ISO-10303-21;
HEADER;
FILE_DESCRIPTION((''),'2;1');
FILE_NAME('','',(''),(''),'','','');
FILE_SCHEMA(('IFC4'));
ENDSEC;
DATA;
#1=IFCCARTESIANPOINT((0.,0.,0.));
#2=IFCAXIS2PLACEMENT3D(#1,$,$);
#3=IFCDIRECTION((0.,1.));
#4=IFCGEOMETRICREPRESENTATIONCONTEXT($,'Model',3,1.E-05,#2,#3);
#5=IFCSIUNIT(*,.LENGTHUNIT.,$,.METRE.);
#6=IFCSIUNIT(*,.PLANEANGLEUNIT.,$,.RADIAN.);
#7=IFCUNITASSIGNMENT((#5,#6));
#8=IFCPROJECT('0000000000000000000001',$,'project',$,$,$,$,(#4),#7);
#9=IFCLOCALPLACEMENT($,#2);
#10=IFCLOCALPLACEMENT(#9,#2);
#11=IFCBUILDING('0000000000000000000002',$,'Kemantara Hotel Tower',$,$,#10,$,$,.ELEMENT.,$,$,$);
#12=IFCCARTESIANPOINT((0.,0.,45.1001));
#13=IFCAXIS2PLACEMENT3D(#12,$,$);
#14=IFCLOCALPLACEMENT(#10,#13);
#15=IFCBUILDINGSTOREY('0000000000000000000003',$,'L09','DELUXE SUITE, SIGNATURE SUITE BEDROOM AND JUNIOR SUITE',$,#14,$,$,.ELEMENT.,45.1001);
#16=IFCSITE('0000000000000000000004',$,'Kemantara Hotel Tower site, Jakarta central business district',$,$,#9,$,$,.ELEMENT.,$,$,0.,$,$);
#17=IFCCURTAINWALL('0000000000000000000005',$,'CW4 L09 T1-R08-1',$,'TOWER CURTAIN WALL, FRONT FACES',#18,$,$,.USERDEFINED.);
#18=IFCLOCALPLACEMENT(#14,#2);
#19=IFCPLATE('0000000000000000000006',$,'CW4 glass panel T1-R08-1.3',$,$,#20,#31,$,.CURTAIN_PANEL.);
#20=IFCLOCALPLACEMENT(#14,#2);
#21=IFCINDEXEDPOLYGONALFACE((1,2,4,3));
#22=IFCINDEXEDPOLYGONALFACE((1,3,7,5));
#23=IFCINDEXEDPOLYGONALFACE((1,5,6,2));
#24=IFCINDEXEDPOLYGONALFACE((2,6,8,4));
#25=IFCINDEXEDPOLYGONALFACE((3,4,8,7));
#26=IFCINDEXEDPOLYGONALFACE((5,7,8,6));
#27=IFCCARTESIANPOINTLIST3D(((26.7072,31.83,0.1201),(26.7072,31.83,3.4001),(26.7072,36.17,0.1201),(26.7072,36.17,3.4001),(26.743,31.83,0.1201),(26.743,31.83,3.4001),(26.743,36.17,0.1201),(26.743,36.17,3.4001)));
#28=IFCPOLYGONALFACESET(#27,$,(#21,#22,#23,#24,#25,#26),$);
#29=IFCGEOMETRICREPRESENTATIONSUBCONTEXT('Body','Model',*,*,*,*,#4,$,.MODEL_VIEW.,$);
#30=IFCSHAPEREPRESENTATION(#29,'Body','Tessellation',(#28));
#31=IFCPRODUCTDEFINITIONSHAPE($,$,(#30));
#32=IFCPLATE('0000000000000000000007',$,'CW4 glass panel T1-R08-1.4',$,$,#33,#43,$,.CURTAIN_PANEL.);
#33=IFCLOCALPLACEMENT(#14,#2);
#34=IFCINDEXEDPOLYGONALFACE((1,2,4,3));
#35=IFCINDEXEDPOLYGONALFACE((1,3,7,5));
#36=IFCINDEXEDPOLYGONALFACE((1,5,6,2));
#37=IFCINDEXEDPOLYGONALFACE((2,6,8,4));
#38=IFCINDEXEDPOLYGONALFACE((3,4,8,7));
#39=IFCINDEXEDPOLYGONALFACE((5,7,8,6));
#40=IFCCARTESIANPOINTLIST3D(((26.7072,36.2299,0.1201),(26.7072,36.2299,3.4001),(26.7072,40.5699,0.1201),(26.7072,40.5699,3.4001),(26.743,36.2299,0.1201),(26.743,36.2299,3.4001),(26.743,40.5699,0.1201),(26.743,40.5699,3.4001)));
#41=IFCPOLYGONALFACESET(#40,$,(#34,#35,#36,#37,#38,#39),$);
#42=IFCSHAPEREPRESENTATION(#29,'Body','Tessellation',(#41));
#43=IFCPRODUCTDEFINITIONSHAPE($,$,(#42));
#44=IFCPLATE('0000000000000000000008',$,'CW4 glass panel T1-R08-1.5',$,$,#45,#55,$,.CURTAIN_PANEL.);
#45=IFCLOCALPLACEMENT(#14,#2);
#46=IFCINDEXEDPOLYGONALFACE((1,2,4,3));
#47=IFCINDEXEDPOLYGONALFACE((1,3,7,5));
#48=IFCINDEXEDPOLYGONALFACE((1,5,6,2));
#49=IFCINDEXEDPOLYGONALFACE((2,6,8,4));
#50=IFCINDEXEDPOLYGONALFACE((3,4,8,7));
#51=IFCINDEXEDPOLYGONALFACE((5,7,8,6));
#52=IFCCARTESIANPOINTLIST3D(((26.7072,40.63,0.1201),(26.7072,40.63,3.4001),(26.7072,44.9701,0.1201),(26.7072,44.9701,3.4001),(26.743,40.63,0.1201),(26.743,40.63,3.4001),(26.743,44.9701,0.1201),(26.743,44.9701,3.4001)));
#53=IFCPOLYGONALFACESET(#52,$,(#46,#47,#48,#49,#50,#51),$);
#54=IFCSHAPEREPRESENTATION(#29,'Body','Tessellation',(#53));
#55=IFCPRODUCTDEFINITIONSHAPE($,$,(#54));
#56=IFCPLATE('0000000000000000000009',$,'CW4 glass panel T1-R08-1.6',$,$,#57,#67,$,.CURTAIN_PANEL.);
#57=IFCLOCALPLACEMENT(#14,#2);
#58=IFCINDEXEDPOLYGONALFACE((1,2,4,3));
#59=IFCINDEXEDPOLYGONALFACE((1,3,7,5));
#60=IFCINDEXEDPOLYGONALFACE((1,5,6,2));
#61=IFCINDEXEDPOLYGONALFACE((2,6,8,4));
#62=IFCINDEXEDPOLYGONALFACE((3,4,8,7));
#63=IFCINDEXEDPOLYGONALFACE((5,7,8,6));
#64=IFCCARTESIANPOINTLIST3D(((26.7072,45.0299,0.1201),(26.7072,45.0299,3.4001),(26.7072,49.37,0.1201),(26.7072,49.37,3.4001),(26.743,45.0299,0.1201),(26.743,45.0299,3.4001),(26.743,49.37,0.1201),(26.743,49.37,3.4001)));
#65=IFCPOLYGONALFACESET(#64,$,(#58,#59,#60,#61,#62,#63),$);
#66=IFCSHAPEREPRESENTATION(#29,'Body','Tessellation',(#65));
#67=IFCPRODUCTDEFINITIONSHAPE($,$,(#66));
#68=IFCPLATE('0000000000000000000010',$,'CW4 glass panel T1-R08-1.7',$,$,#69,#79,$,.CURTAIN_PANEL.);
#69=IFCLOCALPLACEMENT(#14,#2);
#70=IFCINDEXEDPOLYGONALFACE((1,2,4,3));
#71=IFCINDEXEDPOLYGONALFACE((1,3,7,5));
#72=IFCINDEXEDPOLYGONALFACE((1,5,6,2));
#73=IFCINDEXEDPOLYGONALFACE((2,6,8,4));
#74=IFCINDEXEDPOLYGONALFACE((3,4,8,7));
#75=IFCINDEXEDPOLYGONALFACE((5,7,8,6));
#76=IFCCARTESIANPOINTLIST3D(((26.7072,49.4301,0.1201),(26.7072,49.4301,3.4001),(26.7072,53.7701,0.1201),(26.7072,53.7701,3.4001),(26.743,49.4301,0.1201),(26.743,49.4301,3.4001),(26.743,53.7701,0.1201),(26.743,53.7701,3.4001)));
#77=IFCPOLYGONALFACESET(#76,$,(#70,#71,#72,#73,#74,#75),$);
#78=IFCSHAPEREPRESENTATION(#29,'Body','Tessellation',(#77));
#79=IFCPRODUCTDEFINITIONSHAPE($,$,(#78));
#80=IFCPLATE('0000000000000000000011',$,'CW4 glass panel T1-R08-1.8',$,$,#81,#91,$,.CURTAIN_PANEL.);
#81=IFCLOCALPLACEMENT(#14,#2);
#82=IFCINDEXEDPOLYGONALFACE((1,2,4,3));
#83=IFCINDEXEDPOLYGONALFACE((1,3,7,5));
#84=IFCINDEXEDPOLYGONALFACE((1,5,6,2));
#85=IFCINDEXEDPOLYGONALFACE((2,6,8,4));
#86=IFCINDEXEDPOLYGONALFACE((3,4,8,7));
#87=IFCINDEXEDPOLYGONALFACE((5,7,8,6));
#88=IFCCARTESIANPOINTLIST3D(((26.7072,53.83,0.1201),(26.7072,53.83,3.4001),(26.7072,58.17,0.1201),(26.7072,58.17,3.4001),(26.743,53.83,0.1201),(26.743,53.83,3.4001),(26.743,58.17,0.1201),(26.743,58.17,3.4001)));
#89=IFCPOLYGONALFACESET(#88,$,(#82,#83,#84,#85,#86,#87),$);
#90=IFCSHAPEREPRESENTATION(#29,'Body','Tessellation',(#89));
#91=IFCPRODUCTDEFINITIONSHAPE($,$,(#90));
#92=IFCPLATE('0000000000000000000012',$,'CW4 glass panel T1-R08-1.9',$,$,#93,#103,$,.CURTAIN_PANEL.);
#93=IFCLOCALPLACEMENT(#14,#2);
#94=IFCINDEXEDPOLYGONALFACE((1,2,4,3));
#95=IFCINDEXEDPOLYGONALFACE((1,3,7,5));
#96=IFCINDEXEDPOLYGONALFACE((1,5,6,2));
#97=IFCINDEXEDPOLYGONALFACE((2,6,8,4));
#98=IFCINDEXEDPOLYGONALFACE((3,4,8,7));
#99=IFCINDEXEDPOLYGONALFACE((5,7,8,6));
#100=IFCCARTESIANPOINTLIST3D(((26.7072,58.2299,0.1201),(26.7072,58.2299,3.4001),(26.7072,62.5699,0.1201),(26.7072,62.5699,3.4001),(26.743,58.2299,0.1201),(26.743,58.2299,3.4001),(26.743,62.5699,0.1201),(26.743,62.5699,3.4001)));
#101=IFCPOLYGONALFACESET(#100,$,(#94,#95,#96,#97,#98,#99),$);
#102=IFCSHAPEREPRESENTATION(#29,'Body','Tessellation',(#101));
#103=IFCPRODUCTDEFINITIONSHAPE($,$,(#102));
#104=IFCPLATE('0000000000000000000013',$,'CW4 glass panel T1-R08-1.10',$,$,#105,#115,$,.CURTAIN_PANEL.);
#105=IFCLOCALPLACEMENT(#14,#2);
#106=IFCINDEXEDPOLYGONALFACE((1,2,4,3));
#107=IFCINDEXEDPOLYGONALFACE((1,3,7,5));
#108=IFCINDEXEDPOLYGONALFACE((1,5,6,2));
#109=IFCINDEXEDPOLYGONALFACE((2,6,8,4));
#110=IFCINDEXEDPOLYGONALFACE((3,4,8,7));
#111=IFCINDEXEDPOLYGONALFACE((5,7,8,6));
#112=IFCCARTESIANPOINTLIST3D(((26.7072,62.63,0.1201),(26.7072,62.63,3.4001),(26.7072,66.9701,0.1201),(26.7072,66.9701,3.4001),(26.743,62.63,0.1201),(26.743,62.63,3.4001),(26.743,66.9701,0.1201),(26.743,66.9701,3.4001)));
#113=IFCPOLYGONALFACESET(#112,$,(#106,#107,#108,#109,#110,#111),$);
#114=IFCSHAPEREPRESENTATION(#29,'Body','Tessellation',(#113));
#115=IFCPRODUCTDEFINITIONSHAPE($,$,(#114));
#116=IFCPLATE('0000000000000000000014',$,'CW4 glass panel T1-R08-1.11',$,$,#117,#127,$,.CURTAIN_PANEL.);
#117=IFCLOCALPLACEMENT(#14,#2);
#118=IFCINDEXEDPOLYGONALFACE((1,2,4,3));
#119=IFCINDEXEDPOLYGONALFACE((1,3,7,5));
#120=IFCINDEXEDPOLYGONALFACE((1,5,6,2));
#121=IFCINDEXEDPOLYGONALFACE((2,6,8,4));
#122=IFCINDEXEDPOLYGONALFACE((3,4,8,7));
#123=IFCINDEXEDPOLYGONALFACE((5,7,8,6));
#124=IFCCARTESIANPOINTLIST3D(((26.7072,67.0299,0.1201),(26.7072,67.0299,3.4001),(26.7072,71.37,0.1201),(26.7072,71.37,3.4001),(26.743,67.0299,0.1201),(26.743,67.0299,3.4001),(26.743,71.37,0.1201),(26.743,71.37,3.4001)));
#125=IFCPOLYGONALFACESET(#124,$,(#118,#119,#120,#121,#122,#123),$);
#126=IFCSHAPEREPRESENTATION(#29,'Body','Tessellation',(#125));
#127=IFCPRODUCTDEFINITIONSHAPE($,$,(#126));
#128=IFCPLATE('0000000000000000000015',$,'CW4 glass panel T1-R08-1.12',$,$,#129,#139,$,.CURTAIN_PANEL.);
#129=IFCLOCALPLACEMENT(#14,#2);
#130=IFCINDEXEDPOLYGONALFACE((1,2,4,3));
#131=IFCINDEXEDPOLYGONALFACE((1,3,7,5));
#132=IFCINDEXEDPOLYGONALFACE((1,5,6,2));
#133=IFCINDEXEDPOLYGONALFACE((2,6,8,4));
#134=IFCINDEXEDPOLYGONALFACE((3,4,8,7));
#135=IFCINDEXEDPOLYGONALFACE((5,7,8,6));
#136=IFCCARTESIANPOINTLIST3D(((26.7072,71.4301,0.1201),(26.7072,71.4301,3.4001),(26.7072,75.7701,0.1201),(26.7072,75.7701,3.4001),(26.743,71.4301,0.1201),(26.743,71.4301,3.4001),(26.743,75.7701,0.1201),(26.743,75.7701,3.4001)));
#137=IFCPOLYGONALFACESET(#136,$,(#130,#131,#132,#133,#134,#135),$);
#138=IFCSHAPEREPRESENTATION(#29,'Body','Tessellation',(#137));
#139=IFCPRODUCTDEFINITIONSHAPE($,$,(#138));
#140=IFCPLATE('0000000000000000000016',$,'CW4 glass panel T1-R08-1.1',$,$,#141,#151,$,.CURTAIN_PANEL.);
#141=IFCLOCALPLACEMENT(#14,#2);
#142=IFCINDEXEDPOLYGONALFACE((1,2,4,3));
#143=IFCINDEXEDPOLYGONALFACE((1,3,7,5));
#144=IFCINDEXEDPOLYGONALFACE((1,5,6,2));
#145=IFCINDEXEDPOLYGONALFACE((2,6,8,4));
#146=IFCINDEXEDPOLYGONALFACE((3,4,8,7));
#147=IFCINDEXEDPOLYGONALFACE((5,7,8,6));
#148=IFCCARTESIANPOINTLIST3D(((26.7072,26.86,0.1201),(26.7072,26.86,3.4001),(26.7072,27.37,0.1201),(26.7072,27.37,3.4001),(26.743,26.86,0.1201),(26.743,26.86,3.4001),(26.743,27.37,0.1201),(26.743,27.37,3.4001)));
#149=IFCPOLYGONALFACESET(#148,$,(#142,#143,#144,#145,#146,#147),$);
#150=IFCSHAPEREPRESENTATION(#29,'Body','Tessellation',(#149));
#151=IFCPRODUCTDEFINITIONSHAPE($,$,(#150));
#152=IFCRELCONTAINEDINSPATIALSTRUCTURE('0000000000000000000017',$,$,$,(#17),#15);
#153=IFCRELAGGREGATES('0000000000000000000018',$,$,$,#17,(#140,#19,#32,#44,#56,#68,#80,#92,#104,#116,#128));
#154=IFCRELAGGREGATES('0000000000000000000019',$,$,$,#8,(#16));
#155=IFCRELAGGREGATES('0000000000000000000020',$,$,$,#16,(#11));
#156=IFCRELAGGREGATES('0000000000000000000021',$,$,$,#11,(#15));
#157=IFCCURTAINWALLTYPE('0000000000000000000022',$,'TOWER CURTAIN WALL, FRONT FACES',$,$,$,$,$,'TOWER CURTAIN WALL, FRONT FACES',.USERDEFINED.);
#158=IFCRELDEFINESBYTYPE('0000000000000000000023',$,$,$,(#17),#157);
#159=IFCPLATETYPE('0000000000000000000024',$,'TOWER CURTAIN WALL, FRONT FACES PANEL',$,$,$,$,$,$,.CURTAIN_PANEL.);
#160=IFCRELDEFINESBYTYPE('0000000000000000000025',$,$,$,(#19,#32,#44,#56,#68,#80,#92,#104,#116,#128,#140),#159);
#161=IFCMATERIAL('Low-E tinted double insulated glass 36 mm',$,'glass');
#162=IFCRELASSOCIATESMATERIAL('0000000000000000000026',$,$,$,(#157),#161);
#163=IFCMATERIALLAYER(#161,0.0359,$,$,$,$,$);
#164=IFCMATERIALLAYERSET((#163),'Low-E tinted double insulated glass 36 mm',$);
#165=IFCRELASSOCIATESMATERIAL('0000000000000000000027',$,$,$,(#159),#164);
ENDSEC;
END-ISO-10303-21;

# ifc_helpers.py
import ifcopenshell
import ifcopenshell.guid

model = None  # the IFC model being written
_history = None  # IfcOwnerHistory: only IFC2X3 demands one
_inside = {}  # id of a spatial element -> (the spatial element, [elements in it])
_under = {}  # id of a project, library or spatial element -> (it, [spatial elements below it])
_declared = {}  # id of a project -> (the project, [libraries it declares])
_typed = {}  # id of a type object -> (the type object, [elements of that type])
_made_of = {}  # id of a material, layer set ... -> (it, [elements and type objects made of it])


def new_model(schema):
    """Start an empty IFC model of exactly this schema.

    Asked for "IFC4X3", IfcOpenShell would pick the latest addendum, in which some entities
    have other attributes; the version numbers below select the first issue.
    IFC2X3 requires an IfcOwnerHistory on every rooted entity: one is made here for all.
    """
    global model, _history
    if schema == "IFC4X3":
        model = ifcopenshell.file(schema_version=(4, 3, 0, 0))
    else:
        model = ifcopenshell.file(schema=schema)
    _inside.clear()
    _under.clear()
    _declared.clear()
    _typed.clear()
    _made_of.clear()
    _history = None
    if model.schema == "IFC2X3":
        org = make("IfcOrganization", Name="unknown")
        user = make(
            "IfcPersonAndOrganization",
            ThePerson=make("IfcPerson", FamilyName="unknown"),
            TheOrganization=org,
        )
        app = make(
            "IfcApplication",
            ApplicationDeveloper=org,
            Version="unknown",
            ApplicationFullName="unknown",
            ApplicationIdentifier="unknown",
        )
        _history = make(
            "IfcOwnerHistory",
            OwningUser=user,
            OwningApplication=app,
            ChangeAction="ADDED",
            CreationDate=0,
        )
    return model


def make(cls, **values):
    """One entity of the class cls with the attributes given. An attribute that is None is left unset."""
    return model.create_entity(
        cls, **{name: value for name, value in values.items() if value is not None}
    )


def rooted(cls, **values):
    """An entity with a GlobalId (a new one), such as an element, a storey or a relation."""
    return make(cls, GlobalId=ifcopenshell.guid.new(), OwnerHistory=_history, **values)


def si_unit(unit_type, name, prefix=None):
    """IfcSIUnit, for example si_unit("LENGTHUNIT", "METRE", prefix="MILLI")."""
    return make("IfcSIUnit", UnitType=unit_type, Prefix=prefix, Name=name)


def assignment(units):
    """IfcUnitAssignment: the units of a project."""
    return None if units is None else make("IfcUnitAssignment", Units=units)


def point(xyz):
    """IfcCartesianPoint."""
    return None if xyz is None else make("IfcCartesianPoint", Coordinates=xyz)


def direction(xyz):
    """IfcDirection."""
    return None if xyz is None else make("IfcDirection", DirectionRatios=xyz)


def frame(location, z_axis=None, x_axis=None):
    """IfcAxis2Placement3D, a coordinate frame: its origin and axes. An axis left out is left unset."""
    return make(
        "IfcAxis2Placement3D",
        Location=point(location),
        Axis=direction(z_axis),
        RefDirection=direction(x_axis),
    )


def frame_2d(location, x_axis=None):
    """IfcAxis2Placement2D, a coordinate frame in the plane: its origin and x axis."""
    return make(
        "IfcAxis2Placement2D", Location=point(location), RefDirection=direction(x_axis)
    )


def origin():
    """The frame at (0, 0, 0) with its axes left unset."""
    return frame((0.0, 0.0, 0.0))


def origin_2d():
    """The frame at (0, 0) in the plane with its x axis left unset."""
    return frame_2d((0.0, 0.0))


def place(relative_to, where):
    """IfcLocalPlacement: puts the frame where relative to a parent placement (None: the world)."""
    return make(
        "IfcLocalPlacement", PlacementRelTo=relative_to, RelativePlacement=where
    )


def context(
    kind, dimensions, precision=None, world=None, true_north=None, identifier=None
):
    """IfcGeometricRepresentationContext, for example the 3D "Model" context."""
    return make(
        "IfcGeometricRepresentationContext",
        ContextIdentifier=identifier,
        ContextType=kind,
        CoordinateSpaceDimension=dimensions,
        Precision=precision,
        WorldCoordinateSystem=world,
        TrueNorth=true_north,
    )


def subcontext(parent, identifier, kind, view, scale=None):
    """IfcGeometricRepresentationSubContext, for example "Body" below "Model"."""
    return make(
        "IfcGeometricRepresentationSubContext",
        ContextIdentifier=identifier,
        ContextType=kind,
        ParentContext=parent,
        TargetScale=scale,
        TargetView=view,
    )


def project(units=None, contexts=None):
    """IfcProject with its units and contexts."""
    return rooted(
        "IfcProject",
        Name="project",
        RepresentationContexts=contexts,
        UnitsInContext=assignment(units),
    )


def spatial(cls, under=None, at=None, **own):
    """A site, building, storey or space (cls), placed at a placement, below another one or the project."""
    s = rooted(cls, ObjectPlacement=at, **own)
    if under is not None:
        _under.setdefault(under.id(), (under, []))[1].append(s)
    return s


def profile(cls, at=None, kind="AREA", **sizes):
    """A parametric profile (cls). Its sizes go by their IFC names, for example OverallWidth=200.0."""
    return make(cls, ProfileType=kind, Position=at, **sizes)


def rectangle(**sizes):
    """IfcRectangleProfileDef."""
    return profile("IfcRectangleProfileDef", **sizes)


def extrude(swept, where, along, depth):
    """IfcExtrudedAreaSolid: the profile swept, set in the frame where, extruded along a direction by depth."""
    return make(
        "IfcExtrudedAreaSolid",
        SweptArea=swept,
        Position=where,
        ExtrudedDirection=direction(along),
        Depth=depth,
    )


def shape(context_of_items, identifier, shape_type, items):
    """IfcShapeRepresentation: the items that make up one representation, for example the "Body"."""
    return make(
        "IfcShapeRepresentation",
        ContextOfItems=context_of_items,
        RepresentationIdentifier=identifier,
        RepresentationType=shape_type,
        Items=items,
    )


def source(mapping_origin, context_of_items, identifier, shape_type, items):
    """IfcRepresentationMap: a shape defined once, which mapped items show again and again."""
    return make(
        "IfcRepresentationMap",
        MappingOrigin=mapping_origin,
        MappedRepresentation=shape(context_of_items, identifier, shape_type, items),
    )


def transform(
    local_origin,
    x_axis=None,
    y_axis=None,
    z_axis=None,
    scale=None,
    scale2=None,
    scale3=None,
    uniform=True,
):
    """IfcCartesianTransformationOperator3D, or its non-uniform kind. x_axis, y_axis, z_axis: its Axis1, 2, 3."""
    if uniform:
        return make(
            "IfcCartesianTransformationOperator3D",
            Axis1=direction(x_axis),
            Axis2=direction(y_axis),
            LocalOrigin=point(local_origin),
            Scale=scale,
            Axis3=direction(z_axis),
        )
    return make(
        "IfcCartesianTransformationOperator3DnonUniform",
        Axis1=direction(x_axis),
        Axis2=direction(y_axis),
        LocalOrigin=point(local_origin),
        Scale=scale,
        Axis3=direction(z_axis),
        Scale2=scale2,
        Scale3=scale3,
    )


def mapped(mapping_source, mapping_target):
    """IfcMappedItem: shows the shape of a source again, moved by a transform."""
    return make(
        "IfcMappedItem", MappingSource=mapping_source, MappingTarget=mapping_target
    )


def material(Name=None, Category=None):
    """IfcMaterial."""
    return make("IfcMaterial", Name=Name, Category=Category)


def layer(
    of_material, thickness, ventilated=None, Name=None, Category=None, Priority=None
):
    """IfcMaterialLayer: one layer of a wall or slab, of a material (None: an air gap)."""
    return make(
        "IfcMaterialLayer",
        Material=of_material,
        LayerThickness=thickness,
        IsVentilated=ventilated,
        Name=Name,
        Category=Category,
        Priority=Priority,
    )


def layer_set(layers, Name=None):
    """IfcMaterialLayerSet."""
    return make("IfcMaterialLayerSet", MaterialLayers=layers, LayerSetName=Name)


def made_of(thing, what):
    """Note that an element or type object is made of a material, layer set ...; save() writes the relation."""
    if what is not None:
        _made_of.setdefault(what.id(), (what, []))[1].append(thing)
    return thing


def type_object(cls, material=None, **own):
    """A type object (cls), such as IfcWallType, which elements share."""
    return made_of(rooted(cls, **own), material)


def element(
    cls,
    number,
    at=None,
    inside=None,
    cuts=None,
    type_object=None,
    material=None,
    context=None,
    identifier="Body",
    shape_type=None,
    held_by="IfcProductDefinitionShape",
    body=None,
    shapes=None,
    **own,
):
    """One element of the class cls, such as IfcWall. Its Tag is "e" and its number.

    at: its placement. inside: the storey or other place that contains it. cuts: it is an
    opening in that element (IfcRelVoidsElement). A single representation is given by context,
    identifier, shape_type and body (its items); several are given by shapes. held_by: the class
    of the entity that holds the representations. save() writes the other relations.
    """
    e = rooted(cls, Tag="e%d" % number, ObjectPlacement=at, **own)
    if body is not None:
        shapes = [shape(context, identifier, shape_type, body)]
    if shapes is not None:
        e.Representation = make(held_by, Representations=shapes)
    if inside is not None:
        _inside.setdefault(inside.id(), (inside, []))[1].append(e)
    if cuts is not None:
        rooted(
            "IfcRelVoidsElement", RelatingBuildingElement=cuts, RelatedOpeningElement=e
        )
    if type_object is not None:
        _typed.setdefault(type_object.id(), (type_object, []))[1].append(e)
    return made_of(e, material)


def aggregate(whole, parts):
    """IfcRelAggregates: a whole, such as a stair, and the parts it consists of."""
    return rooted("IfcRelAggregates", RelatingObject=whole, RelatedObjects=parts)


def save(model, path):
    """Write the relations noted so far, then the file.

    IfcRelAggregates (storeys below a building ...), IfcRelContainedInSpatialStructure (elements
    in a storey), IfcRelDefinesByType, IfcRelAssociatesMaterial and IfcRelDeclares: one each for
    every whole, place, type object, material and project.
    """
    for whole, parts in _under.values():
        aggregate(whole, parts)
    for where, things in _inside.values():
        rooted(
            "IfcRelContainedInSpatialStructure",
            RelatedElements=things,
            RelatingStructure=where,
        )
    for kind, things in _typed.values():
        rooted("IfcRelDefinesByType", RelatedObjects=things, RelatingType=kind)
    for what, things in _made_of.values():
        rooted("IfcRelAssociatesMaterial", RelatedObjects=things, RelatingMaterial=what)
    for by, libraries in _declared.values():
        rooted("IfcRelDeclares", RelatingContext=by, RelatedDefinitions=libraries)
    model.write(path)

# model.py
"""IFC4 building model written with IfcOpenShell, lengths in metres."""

from ifc_helpers import new_model, si_unit, direction, frame, origin, origin_2d, place, context, subcontext, project, spatial, rectangle, extrude, source, transform, mapped, material, layer, layer_set, type_object, element, aggregate, save


model = new_model("IFC4")

# Units and contexts
model_context = context("Model", 3, precision=1e-05, world=origin(), true_north=direction((0.0, 1.0)))
body_context = subcontext(model_context, "Body", "Model", "MODEL_VIEW")
ifc_project = project(units=[si_unit("LENGTHUNIT", "METRE"), si_unit("PLANEANGLEUNIT", "RADIAN")], contexts=[model_context])

# Site, building, storey
site_placement = place(None, origin())
site = spatial("IfcSite", under=ifc_project, at=site_placement, Name="Kemantara Hotel Tower site, Jakarta central business district", CompositionType="ELEMENT", RefElevation=0.0)
building_placement = place(site_placement, origin())
building = spatial("IfcBuilding", under=site, at=building_placement, Name="Kemantara Hotel Tower", CompositionType="ELEMENT")
storey_placement = place(building_placement, frame((0.0, 0.0, 45.1001)))
storey = spatial("IfcBuildingStorey", under=building, at=storey_placement, Name="L09", Description="DELUXE SUITE, SIGNATURE SUITE BEDROOM AND JUNIOR SUITE", CompositionType="ELEMENT", Elevation=45.1001)

# Curtain wall
ifc_material_1 = material(Name="Low-E tinted double insulated glass 36 mm", Category="glass")
curtain_wall_type = type_object("IfcCurtainWallType", Name="TOWER CURTAIN WALL, FRONT FACES", ElementType="TOWER CURTAIN WALL, FRONT FACES", PredefinedType="USERDEFINED", material=ifc_material_1)
curtain_wall_1_placement = place(storey_placement, origin())
curtain_wall_1 = element("IfcCurtainWall", 1, at=curtain_wall_1_placement, inside=storey, type_object=curtain_wall_type, Name="CW4 L09 T1-R08-1", ObjectType="TOWER CURTAIN WALL, FRONT FACES", PredefinedType="USERDEFINED")

# Plates
ifc_layer = layer(ifc_material_1, 0.0359)
ifc_layer_set = layer_set([ifc_layer], Name="Low-E tinted double insulated glass 36 mm")
plate_type = type_object("IfcPlateType", Name="TOWER CURTAIN WALL, FRONT FACES PANEL", PredefinedType="CURTAIN_PANEL", material=ifc_layer_set)
shared_shape_1 = source(origin(), body_context, "Body", "SweptSolid", [
    extrude(rectangle(XDim=4.3401, YDim=0.0359, at=origin_2d()), origin(), (0.0, 0.0, 1.0), 3.28),
])
plate_1_placement = place(storey_placement, frame((26.7251, 34.0, 0.1201), z_axis=(0.0, 0.0, 1.0), x_axis=(0.0, 1.0, 0.0)))
plate_1 = element("IfcPlate", 2, at=plate_1_placement, type_object=plate_type, Name="CW4 glass panel T1-R08-1.3", PredefinedType="CURTAIN_PANEL", context=body_context, shape_type="MappedRepresentation", body=[
    mapped(shared_shape_1, transform((0.0, 0.0, 0.0))),
])
plate_2_placement = place(storey_placement, frame((26.7251, 38.3999, 0.1201), z_axis=(0.0, 0.0, 1.0), x_axis=(0.0, 1.0, 0.0)))
plate_2 = element("IfcPlate", 3, at=plate_2_placement, type_object=plate_type, Name="CW4 glass panel T1-R08-1.4", PredefinedType="CURTAIN_PANEL", context=body_context, shape_type="MappedRepresentation", body=[
    mapped(shared_shape_1, transform((0.0, 0.0, 0.0))),
])
plate_3_placement = place(storey_placement, frame((26.7251, 42.8, 0.1201), z_axis=(0.0, 0.0, 1.0), x_axis=(0.0, 1.0, 0.0)))
plate_3 = element("IfcPlate", 4, at=plate_3_placement, type_object=plate_type, Name="CW4 glass panel T1-R08-1.5", PredefinedType="CURTAIN_PANEL", context=body_context, shape_type="MappedRepresentation", body=[
    mapped(shared_shape_1, transform((0.0, 0.0, 0.0))),
])
plate_4_placement = place(storey_placement, frame((26.7251, 47.2, 0.1201), z_axis=(0.0, 0.0, 1.0), x_axis=(0.0, 1.0, 0.0)))
plate_4 = element("IfcPlate", 5, at=plate_4_placement, type_object=plate_type, Name="CW4 glass panel T1-R08-1.6", PredefinedType="CURTAIN_PANEL", context=body_context, shape_type="MappedRepresentation", body=[
    mapped(shared_shape_1, transform((0.0, 0.0, 0.0))),
])
plate_5_placement = place(storey_placement, frame((26.7251, 51.6001, 0.1201), z_axis=(0.0, 0.0, 1.0), x_axis=(0.0, 1.0, 0.0)))
plate_5 = element("IfcPlate", 6, at=plate_5_placement, type_object=plate_type, Name="CW4 glass panel T1-R08-1.7", PredefinedType="CURTAIN_PANEL", context=body_context, shape_type="MappedRepresentation", body=[
    mapped(shared_shape_1, transform((0.0, 0.0, 0.0))),
])
plate_6_placement = place(storey_placement, frame((26.7251, 56.0, 0.1201), z_axis=(0.0, 0.0, 1.0), x_axis=(0.0, 1.0, 0.0)))
plate_6 = element("IfcPlate", 7, at=plate_6_placement, type_object=plate_type, Name="CW4 glass panel T1-R08-1.8", PredefinedType="CURTAIN_PANEL", context=body_context, shape_type="MappedRepresentation", body=[
    mapped(shared_shape_1, transform((0.0, 0.0, 0.0))),
])
plate_7_placement = place(storey_placement, frame((26.7251, 60.3999, 0.1201), z_axis=(0.0, 0.0, 1.0), x_axis=(0.0, 1.0, 0.0)))
plate_7 = element("IfcPlate", 8, at=plate_7_placement, type_object=plate_type, Name="CW4 glass panel T1-R08-1.9", PredefinedType="CURTAIN_PANEL", context=body_context, shape_type="MappedRepresentation", body=[
    mapped(shared_shape_1, transform((0.0, 0.0, 0.0))),
])
plate_8_placement = place(storey_placement, frame((26.7251, 64.8, 0.1201), z_axis=(0.0, 0.0, 1.0), x_axis=(0.0, 1.0, 0.0)))
plate_8 = element("IfcPlate", 9, at=plate_8_placement, type_object=plate_type, Name="CW4 glass panel T1-R08-1.10", PredefinedType="CURTAIN_PANEL", context=body_context, shape_type="MappedRepresentation", body=[
    mapped(shared_shape_1, transform((0.0, 0.0, 0.0))),
])
plate_9_placement = place(storey_placement, frame((26.7251, 69.2, 0.1201), z_axis=(0.0, 0.0, 1.0), x_axis=(0.0, 1.0, 0.0)))
plate_9 = element("IfcPlate", 10, at=plate_9_placement, type_object=plate_type, Name="CW4 glass panel T1-R08-1.11", PredefinedType="CURTAIN_PANEL", context=body_context, shape_type="MappedRepresentation", body=[
    mapped(shared_shape_1, transform((0.0, 0.0, 0.0))),
])
plate_10_placement = place(storey_placement, frame((26.7251, 73.6001, 0.1201), z_axis=(0.0, 0.0, 1.0), x_axis=(0.0, 1.0, 0.0)))
plate_10 = element("IfcPlate", 11, at=plate_10_placement, type_object=plate_type, Name="CW4 glass panel T1-R08-1.12", PredefinedType="CURTAIN_PANEL", context=body_context, shape_type="MappedRepresentation", body=[
    mapped(shared_shape_1, transform((0.0, 0.0, 0.0))),
])
shared_shape_2 = source(origin(), body_context, "Body", "SweptSolid", [
    extrude(rectangle(XDim=0.51, YDim=0.0359, at=origin_2d()), origin(), (0.0, 0.0, 1.0), 3.28),
])
plate_11_placement = place(storey_placement, frame((26.7251, 27.115, 0.1201), z_axis=(0.0, 0.0, 1.0), x_axis=(0.0, 1.0, 0.0)))
plate_11 = element("IfcPlate", 12, at=plate_11_placement, type_object=plate_type, Name="CW4 glass panel T1-R08-1.1", PredefinedType="CURTAIN_PANEL", context=body_context, shape_type="MappedRepresentation", body=[
    mapped(shared_shape_2, transform((0.0, 0.0, 0.0))),
])
aggregate(curtain_wall_1, [plate_11, plate_1, plate_2, plate_3, plate_4, plate_5, plate_6, plate_7, plate_8, plate_9, plate_10])

save(model, "model.ifc")
